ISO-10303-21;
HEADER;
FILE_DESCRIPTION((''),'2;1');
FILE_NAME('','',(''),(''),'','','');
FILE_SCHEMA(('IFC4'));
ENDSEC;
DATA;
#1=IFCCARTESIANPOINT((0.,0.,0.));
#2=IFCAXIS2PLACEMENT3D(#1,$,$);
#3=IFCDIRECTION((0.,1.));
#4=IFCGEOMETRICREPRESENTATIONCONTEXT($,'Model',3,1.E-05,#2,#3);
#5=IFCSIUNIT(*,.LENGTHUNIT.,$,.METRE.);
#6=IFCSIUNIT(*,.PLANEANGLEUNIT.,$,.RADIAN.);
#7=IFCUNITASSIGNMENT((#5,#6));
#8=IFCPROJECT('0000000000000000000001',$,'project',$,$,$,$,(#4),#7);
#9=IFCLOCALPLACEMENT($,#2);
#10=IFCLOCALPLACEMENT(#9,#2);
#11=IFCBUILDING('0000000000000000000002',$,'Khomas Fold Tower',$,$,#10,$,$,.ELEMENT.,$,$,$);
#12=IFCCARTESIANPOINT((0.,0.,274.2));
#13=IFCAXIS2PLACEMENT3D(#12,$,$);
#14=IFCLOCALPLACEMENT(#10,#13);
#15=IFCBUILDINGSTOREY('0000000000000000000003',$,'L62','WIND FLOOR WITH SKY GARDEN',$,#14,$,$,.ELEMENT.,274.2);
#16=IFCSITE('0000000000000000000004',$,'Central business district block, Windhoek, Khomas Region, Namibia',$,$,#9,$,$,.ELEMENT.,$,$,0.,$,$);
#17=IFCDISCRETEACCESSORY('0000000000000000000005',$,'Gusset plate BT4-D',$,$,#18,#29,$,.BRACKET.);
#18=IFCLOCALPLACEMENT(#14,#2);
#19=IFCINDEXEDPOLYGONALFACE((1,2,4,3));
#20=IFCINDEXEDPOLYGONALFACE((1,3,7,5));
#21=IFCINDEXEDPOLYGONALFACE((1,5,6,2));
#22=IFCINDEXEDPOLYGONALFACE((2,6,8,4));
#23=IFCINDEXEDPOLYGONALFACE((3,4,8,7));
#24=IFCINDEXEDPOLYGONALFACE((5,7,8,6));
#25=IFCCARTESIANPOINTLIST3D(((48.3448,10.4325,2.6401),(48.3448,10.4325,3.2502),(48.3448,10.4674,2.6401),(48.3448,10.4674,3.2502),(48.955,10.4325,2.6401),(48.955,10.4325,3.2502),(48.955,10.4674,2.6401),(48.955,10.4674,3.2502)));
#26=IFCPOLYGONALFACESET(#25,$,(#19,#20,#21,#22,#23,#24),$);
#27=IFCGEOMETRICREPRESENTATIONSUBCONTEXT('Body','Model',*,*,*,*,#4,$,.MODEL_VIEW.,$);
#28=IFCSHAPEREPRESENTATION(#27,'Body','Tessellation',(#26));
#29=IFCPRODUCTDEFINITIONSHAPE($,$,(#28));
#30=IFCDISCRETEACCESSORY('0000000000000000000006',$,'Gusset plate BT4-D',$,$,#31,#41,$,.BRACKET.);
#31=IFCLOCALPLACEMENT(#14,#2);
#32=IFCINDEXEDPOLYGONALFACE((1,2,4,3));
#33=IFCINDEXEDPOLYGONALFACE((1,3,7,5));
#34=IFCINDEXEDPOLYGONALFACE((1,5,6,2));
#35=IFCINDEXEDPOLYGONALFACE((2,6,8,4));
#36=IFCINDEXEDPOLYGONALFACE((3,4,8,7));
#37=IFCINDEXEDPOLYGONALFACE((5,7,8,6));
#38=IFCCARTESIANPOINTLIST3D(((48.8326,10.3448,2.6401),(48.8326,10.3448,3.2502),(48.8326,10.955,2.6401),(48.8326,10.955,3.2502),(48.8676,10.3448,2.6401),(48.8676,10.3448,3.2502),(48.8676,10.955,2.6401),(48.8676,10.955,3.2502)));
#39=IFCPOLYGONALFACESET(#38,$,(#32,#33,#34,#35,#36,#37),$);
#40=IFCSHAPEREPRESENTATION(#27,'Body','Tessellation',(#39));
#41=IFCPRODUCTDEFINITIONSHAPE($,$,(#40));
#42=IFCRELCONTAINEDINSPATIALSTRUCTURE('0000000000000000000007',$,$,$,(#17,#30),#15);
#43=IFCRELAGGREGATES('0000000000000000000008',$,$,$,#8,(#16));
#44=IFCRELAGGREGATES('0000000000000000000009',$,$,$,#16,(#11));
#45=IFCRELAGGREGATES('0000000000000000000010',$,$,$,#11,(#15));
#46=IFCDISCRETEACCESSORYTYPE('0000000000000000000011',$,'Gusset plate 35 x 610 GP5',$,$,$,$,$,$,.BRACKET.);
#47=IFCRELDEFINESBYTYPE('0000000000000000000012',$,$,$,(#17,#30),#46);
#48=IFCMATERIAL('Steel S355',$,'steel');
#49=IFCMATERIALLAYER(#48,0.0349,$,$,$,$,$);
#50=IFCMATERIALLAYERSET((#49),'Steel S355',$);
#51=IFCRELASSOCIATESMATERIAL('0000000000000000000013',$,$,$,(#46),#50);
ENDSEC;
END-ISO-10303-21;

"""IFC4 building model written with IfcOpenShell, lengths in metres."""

from ifc_helpers import new_model, si_unit, direction, frame, origin, origin_2d, place, context, subcontext, project, spatial, rectangle, extrude, source, transform, mapped, material, layer, layer_set, type_object, element, save


model = new_model("IFC4")

# Units and contexts
model_context = context("Model", 3, precision=1e-05, world=origin(), true_north=direction((0.0, 1.0)))
body_context = subcontext(model_context, "Body", "Model", "MODEL_VIEW")
ifc_project = project(units=[si_unit("LENGTHUNIT", "METRE"), si_unit("PLANEANGLEUNIT", "RADIAN")], contexts=[model_context])

# Site, building, storey
site_placement = place(None, origin())
site = spatial("IfcSite", under=ifc_project, at=site_placement, Name="Central business district block, Windhoek, Khomas Region, Namibia", CompositionType="ELEMENT", RefElevation=0.0)
building_placement = place(site_placement, origin())
building = spatial("IfcBuilding", under=site, at=building_placement, Name="Khomas Fold Tower", CompositionType="ELEMENT")
storey_placement = place(building_placement, frame((0.0, 0.0, 274.2)))
storey = spatial("IfcBuildingStorey", under=building, at=storey_placement, Name="L62", Description="WIND FLOOR WITH SKY GARDEN", CompositionType="ELEMENT", Elevation=274.2)

# Discrete accessories
ifc_material_1 = material(Name="Steel S355", Category="steel")
ifc_layer_1 = layer(ifc_material_1, 0.0349)
ifc_layer_set_1 = layer_set([ifc_layer_1], Name="Steel S355")
discrete_accessory_type = type_object("IfcDiscreteAccessoryType", Name="Gusset plate 35 x 610 GP5", PredefinedType="BRACKET", material=ifc_layer_set_1)
shared_shape_1 = source(origin(), body_context, "Body", "SweptSolid", [
    extrude(rectangle(XDim=0.6101, YDim=0.0349, at=origin_2d()), origin(), (0.0, 0.0, 1.0), 0.6101),
])
for number, where, z_axis, x_axis, name in (
    (1, (48.6499, 10.45, 2.6401), (0.0, 0.0, 1.0), (1.0, 0.0, 0.0), "Gusset plate BT4-D"),
    (2, (48.8501, 10.6499, 2.6401), (0.0, 0.0, 1.0), (0.0, 1.0, 0.0), "Gusset plate BT4-D"),
):
    element("IfcDiscreteAccessory", number, at=place(storey_placement, frame(where, z_axis=z_axis, x_axis=x_axis)), inside=storey, type_object=discrete_accessory_type, Name=name, PredefinedType="BRACKET", context=body_context, shape_type="MappedRepresentation", body=[
        mapped(shared_shape_1, transform((0.0, 0.0, 0.0))),
    ])

save(model, "model.ifc")
